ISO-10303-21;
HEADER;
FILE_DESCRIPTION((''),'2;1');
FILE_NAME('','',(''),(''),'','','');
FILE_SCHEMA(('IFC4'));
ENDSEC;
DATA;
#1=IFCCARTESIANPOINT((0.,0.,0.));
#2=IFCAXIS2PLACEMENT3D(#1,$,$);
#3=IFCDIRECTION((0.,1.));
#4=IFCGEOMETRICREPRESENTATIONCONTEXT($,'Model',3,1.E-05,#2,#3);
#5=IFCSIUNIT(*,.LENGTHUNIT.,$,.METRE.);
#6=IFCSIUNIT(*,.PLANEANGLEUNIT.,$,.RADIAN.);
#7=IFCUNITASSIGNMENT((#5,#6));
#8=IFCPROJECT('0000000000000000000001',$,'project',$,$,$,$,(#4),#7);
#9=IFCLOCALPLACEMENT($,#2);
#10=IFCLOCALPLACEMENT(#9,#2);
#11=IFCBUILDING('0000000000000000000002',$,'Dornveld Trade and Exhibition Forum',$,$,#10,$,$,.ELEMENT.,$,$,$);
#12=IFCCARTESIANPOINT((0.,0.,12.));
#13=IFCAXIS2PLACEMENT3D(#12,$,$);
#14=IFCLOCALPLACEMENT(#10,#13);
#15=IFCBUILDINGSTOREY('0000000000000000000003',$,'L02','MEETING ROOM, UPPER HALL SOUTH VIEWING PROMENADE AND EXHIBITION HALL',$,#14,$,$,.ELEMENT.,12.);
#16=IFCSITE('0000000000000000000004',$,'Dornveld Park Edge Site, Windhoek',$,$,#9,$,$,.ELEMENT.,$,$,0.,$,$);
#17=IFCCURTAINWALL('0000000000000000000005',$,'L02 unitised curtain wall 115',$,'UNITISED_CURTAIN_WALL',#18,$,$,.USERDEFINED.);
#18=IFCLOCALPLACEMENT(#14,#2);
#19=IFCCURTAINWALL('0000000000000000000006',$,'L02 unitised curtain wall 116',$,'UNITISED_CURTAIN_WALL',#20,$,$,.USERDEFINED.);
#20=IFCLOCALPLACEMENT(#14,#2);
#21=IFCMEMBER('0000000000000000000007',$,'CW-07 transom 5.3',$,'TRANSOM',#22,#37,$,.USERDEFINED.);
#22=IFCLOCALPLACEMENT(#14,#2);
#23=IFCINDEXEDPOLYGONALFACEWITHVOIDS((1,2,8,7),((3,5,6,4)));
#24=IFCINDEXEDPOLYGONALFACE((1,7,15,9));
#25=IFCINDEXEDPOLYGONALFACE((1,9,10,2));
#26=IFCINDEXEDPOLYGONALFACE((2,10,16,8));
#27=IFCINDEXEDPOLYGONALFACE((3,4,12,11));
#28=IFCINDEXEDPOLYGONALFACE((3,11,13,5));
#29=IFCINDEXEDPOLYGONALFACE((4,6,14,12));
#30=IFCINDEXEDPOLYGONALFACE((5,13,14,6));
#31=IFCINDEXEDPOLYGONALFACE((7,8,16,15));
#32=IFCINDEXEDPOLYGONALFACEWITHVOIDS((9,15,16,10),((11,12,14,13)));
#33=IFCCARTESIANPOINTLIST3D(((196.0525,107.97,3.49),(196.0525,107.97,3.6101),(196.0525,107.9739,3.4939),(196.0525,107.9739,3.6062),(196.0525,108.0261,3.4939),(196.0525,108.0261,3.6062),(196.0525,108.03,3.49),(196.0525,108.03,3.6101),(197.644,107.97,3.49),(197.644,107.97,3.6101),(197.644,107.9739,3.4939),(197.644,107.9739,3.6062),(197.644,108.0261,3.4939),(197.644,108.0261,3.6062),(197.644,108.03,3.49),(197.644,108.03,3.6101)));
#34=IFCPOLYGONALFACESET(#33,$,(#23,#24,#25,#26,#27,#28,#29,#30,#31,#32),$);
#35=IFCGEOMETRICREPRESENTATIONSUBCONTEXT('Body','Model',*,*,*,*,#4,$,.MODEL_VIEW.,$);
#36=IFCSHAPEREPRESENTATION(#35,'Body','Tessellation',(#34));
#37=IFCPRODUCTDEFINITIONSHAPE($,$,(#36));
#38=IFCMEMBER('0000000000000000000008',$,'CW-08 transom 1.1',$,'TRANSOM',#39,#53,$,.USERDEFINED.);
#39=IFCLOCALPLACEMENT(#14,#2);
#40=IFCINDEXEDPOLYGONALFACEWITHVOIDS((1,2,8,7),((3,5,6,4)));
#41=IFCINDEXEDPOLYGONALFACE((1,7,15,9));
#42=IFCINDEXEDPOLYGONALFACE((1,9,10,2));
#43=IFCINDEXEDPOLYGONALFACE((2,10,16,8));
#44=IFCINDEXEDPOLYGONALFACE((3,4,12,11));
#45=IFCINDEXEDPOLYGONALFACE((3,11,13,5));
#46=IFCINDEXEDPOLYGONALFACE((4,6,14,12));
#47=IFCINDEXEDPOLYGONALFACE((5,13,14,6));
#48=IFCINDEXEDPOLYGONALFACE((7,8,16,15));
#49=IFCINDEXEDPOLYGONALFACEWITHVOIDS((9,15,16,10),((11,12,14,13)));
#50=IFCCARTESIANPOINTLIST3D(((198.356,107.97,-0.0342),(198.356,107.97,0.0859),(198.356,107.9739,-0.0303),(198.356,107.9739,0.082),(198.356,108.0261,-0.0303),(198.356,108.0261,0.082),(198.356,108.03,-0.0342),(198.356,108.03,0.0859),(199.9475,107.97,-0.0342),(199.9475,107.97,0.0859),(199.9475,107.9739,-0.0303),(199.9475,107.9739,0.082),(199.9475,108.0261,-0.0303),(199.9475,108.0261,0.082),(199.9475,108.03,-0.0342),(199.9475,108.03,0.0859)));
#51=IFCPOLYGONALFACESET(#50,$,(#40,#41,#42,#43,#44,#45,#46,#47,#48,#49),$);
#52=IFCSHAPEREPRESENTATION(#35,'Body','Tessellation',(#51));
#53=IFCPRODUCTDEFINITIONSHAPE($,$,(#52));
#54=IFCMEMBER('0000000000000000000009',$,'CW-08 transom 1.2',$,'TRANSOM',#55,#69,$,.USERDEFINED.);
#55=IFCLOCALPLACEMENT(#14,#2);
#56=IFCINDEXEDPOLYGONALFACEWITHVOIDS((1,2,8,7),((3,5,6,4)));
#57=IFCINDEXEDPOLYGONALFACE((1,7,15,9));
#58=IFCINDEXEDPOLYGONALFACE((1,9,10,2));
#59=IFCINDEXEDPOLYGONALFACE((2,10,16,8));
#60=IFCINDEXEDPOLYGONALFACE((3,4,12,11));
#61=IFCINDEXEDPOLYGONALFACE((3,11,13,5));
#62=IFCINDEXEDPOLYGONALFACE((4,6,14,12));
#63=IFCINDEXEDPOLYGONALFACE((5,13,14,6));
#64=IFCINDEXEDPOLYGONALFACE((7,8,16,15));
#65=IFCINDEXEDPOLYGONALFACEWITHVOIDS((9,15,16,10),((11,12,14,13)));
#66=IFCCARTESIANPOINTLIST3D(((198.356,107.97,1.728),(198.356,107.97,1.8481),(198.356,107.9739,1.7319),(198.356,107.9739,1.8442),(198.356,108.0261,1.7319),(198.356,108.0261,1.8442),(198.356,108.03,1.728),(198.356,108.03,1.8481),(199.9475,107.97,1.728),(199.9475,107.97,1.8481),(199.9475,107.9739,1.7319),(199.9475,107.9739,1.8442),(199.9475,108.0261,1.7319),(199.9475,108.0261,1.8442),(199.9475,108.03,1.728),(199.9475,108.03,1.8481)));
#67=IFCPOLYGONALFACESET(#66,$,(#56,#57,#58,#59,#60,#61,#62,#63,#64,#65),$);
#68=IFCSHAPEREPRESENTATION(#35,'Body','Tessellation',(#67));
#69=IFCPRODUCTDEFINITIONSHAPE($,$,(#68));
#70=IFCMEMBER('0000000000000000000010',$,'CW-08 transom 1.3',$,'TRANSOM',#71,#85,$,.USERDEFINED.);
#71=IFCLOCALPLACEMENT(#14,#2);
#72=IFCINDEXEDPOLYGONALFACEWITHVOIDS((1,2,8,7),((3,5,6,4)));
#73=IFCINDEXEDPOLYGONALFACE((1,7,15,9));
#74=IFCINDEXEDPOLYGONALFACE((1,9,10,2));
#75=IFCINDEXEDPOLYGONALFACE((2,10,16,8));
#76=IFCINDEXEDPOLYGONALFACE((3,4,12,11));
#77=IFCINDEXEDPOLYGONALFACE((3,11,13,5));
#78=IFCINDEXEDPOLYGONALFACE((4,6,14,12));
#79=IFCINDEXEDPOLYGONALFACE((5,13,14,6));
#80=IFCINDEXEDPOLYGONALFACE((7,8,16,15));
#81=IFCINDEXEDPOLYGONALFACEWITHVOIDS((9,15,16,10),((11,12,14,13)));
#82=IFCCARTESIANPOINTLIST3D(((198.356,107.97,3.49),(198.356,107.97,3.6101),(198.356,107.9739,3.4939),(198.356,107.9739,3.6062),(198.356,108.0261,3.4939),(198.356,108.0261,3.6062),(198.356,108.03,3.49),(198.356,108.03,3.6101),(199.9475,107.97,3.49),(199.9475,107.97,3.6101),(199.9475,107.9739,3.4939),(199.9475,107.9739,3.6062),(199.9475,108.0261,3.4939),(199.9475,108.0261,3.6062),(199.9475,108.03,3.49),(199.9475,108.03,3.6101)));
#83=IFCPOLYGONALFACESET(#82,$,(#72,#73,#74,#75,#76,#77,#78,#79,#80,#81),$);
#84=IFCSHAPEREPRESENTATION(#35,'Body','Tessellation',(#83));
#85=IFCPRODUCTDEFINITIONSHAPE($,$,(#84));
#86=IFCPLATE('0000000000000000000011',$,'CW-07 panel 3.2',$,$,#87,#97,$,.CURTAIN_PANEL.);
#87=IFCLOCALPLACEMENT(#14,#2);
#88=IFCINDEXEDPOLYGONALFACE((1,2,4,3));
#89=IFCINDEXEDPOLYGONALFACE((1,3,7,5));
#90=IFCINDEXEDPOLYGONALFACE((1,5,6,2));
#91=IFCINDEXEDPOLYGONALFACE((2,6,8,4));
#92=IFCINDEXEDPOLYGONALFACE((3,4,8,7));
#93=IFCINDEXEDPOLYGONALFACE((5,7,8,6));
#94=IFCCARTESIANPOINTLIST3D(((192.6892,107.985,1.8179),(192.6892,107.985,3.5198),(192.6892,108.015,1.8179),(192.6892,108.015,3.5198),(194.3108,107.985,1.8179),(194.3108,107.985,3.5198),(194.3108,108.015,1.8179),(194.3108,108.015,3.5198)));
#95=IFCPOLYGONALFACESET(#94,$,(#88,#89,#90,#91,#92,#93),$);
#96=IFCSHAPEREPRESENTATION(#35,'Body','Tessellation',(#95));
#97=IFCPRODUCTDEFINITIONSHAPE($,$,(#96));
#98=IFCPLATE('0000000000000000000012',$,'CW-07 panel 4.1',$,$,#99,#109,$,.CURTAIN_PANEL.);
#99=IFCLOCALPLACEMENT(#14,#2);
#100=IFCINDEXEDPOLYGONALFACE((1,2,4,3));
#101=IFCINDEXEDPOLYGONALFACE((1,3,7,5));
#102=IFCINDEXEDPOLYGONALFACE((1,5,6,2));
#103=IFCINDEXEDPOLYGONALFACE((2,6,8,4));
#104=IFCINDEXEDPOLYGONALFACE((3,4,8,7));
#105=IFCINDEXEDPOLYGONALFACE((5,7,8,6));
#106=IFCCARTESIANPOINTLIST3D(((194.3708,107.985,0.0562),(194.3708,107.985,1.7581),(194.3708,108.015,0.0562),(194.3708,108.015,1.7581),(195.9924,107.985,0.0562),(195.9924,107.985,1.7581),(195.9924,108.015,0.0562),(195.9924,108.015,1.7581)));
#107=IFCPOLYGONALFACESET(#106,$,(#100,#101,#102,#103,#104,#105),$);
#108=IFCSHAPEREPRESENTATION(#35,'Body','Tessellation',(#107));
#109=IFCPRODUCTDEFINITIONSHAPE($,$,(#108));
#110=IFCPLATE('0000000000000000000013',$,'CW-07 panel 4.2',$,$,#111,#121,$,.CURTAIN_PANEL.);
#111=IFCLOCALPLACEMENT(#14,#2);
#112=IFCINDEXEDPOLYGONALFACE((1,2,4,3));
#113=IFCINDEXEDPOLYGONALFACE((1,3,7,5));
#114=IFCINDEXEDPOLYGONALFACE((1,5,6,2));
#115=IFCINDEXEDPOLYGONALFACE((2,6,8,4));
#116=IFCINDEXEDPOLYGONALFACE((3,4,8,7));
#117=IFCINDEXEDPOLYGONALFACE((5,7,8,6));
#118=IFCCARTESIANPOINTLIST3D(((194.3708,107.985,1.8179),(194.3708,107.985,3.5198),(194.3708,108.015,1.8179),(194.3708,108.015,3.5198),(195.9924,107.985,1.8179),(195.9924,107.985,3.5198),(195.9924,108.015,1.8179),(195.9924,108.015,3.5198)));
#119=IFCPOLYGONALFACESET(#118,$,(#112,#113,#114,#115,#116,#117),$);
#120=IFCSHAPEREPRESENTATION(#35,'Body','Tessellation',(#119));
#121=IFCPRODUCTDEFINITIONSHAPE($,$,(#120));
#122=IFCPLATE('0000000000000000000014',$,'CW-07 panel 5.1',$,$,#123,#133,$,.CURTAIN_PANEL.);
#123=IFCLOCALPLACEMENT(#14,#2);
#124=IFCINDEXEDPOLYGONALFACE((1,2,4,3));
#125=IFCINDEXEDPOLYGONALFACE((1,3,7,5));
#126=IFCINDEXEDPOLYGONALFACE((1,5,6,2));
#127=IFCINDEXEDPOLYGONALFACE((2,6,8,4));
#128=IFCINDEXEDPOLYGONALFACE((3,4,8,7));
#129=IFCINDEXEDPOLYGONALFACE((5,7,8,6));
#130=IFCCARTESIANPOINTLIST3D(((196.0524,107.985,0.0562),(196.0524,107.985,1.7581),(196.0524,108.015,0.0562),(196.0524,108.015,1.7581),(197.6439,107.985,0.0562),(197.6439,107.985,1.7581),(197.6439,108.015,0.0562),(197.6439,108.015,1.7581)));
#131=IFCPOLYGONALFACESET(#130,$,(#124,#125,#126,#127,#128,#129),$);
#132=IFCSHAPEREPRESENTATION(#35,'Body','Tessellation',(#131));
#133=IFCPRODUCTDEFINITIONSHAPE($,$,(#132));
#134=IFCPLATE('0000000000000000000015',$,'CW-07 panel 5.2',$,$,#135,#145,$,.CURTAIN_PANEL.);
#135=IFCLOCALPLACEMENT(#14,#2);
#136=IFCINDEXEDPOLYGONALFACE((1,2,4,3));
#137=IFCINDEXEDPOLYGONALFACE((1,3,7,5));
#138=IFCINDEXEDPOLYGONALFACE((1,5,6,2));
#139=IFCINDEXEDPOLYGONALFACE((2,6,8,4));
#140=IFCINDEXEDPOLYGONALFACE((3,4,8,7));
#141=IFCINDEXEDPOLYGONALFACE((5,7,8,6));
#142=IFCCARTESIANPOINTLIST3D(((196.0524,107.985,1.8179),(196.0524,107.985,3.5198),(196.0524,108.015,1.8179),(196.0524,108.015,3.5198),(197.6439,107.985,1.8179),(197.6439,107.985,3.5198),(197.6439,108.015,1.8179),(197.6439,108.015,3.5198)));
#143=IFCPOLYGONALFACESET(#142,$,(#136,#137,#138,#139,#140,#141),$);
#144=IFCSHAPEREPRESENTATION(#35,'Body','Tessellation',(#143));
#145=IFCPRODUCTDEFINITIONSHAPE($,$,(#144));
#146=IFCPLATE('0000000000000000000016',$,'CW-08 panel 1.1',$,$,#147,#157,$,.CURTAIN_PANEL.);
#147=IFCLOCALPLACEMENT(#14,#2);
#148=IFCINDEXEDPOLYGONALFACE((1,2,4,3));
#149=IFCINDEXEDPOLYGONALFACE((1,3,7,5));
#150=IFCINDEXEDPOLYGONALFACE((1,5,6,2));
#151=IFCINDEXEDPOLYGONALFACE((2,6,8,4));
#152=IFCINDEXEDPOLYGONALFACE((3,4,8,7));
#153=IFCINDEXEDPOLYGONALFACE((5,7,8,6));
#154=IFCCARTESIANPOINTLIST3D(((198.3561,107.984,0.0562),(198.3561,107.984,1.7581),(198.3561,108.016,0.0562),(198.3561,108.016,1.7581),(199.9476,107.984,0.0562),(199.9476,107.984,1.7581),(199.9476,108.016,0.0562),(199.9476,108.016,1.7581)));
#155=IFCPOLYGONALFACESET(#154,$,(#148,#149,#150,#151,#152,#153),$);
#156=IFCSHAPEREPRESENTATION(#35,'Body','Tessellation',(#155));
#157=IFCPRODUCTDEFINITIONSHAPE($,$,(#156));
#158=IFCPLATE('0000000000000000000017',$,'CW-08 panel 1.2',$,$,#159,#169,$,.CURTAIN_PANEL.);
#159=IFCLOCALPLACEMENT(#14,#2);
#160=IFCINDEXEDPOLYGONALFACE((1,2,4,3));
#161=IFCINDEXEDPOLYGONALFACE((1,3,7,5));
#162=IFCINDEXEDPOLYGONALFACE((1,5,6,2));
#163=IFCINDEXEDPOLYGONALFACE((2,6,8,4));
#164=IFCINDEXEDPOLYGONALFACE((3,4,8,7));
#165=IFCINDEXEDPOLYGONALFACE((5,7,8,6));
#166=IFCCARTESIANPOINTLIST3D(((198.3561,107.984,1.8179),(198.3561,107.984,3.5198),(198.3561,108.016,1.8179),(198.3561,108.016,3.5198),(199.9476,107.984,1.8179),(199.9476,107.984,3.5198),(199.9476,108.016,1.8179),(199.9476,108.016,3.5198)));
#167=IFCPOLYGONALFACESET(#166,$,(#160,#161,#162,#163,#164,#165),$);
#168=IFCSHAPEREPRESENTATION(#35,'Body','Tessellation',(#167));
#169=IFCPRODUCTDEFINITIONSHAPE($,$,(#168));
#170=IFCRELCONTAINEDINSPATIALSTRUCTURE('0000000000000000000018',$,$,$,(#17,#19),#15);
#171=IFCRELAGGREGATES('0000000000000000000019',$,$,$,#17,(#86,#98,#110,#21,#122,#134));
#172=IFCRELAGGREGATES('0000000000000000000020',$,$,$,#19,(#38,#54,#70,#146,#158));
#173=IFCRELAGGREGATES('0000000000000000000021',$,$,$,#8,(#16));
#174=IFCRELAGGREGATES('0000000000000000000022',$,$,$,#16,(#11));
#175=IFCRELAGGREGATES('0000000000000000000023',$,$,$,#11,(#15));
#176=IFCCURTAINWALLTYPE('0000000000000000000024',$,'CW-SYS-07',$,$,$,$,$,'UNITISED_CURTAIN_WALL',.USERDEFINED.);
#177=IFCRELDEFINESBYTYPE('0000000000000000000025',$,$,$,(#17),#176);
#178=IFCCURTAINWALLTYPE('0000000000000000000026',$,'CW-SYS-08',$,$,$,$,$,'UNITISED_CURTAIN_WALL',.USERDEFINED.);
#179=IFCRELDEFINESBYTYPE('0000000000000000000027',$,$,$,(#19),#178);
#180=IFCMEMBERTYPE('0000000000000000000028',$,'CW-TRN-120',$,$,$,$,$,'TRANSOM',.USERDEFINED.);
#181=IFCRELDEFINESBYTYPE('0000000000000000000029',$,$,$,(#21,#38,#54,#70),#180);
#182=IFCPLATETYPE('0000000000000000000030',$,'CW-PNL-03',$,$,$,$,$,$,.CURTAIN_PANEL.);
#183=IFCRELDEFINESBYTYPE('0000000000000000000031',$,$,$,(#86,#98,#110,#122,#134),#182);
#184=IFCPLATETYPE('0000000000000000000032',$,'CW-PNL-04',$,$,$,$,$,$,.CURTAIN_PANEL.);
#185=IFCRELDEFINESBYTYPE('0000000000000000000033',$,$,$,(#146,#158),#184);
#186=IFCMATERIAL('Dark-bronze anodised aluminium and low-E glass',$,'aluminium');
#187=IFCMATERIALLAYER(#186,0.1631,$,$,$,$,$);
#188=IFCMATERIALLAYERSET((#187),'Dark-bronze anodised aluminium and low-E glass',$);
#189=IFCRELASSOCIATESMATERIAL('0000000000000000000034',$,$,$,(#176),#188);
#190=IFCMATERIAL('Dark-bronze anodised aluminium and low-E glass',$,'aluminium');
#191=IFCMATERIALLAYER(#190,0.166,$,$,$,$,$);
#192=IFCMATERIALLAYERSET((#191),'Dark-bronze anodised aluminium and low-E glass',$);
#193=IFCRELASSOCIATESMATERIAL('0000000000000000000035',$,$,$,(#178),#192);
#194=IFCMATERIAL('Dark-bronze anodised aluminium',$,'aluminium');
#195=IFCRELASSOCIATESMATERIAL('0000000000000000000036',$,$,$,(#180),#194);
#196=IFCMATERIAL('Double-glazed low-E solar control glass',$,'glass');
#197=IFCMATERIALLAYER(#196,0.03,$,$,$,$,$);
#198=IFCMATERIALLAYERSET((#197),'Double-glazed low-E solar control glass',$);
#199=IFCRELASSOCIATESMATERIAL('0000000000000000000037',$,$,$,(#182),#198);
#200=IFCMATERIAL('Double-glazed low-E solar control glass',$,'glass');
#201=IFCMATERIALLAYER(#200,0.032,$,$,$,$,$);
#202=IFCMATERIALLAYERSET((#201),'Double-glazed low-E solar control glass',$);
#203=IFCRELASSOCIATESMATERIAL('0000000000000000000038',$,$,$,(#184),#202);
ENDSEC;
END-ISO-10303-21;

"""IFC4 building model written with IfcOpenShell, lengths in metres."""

from ifc_helpers import new_model, si_unit, direction, frame, origin, origin_2d, place, context, subcontext, project, spatial, rectangle, hollow_rectangle, extrude, material, layer, layer_set, material_profile, profile_set, type_object, element, aggregate, save


model = new_model("IFC4")

# Units and contexts
model_context = context("Model", 3, precision=1e-05, world=origin(), true_north=direction((0.0, 1.0)))
body_context = subcontext(model_context, "Body", "Model", "MODEL_VIEW")
ifc_project = project(units=[si_unit("LENGTHUNIT", "METRE"), si_unit("PLANEANGLEUNIT", "RADIAN")], contexts=[model_context])

# Site, building, storey
site_placement = place(None, origin())
site = spatial("IfcSite", under=ifc_project, at=site_placement, Name="Dornveld Park Edge Site, Windhoek", CompositionType="ELEMENT", RefElevation=0.0)
building_placement = place(site_placement, origin())
building = spatial("IfcBuilding", under=site, at=building_placement, Name="Dornveld Trade and Exhibition Forum", CompositionType="ELEMENT")
storey_placement = place(building_placement, frame((0.0, 0.0, 12.0)))
storey = spatial("IfcBuildingStorey", under=building, at=storey_placement, Name="L02", Description="MEETING ROOM, UPPER HALL SOUTH VIEWING PROMENADE AND EXHIBITION HALL", CompositionType="ELEMENT", Elevation=12.0)

# Curtain walls
ifc_material_1 = material(Name="Dark-bronze anodised aluminium and low-E glass", Category="aluminium")
ifc_layer_1 = layer(ifc_material_1, 0.1631)
ifc_layer_set_1 = layer_set([ifc_layer_1], Name="Dark-bronze anodised aluminium and low-E glass")
curtain_wall_type_1 = type_object("IfcCurtainWallType", Name="CW-SYS-07", ElementType="UNITISED_CURTAIN_WALL", PredefinedType="USERDEFINED", material=ifc_layer_set_1)
curtain_wall_1_placement = place(storey_placement, origin())
curtain_wall_1 = element("IfcCurtainWall", 1, at=curtain_wall_1_placement, inside=storey, type_object=curtain_wall_type_1, Name="L02 unitised curtain wall 115", ObjectType="UNITISED_CURTAIN_WALL", PredefinedType="USERDEFINED")
ifc_material_2 = material(Name="Dark-bronze anodised aluminium and low-E glass", Category="aluminium")
ifc_layer_2 = layer(ifc_material_2, 0.166)
ifc_layer_set_2 = layer_set([ifc_layer_2], Name="Dark-bronze anodised aluminium and low-E glass")
curtain_wall_type_2 = type_object("IfcCurtainWallType", Name="CW-SYS-08", ElementType="UNITISED_CURTAIN_WALL", PredefinedType="USERDEFINED", material=ifc_layer_set_2)
curtain_wall_2_placement = place(storey_placement, origin())
curtain_wall_2 = element("IfcCurtainWall", 2, at=curtain_wall_2_placement, inside=storey, type_object=curtain_wall_type_2, Name="L02 unitised curtain wall 116", ObjectType="UNITISED_CURTAIN_WALL", PredefinedType="USERDEFINED")

# Members
ifc_material_3 = material(Name="Dark-bronze anodised aluminium", Category="aluminium")
ifc_material_profile_1 = material_profile(ifc_material_3, hollow_rectangle(XDim=0.0601, YDim=0.1201, WallThickness=0.0039, at=origin_2d()), Name="RHS 120x60x4")
ifc_profile_set_1 = profile_set([ifc_material_profile_1], Name="Dark-bronze anodised aluminium")
member_type_1 = type_object("IfcMemberType", Name="CW-TRN-120", ElementType="TRANSOM", PredefinedType="USERDEFINED", material=ifc_profile_set_1)
member_1_placement = place(storey_placement, frame((196.0525, 108.0, 3.55), z_axis=(1.0, 0.0, 0.0), x_axis=(0.0, 1.0, 0.0)))
member_1 = element("IfcMember", 3, at=member_1_placement, type_object=member_type_1, Name="CW-07 transom 5.3", ObjectType="TRANSOM", PredefinedType="USERDEFINED", context=body_context, shape_type="SweptSolid", body=[
    extrude(hollow_rectangle(XDim=0.0601, YDim=0.1201, WallThickness=0.0039, at=origin_2d()), origin(), (0.0, 0.0, 1.0), 1.5916),
])
member_2_placement = place(storey_placement, frame((198.356, 108.0, 0.0259), z_axis=(1.0, 0.0, 0.0), x_axis=(0.0, 1.0, 0.0)))
member_2 = element("IfcMember", 4, at=member_2_placement, type_object=member_type_1, Name="CW-08 transom 1.1", ObjectType="TRANSOM", PredefinedType="USERDEFINED", context=body_context, shape_type="SweptSolid", body=[
    extrude(hollow_rectangle(XDim=0.0601, YDim=0.1201, WallThickness=0.0039, at=origin_2d()), origin(), (0.0, 0.0, 1.0), 1.5916),
])
member_3_placement = place(storey_placement, frame((198.356, 108.0, 1.7881), z_axis=(1.0, 0.0, 0.0), x_axis=(0.0, 1.0, 0.0)))
member_3 = element("IfcMember", 5, at=member_3_placement, type_object=member_type_1, Name="CW-08 transom 1.2", ObjectType="TRANSOM", PredefinedType="USERDEFINED", context=body_context, shape_type="SweptSolid", body=[
    extrude(hollow_rectangle(XDim=0.0601, YDim=0.1201, WallThickness=0.0039, at=origin_2d()), origin(), (0.0, 0.0, 1.0), 1.5916),
])
member_4_placement = place(storey_placement, frame((198.356, 108.0, 3.55), z_axis=(1.0, 0.0, 0.0), x_axis=(0.0, 1.0, 0.0)))
member_4 = element("IfcMember", 6, at=member_4_placement, type_object=member_type_1, Name="CW-08 transom 1.3", ObjectType="TRANSOM", PredefinedType="USERDEFINED", context=body_context, shape_type="SweptSolid", body=[
    extrude(hollow_rectangle(XDim=0.0601, YDim=0.1201, WallThickness=0.0039, at=origin_2d()), origin(), (0.0, 0.0, 1.0), 1.5916),
])

# Plates
ifc_material_4 = material(Name="Double-glazed low-E solar control glass", Category="glass")
ifc_layer_3 = layer(ifc_material_4, 0.03)
ifc_layer_set_3 = layer_set([ifc_layer_3], Name="Double-glazed low-E solar control glass")
plate_type_1 = type_object("IfcPlateType", Name="CW-PNL-03", PredefinedType="CURTAIN_PANEL", material=ifc_layer_set_3)
plate_1_placement = place(storey_placement, frame((193.5, 108.0, 1.8179), z_axis=(0.0, 0.0, 1.0), x_axis=(1.0, 0.0, 0.0)))
plate_1 = element("IfcPlate", 7, at=plate_1_placement, type_object=plate_type_1, Name="CW-07 panel 3.2", PredefinedType="CURTAIN_PANEL", context=body_context, shape_type="SweptSolid", body=[
    extrude(rectangle(XDim=1.6216, YDim=0.03, at=origin_2d()), origin(), (0.0, 0.0, 1.0), 1.7019),
])
plate_2_placement = place(storey_placement, frame((195.1816, 108.0, 0.0562), z_axis=(0.0, 0.0, 1.0), x_axis=(1.0, 0.0, 0.0)))
plate_2 = element("IfcPlate", 8, at=plate_2_placement, type_object=plate_type_1, Name="CW-07 panel 4.1", PredefinedType="CURTAIN_PANEL", context=body_context, shape_type="SweptSolid", body=[
    extrude(rectangle(XDim=1.6216, YDim=0.03, at=origin_2d()), origin(), (0.0, 0.0, 1.0), 1.7019),
])
plate_3_placement = place(storey_placement, frame((195.1816, 108.0, 1.8179), z_axis=(0.0, 0.0, 1.0), x_axis=(1.0, 0.0, 0.0)))
plate_3 = element("IfcPlate", 9, at=plate_3_placement, type_object=plate_type_1, Name="CW-07 panel 4.2", PredefinedType="CURTAIN_PANEL", context=body_context, shape_type="SweptSolid", body=[
    extrude(rectangle(XDim=1.6216, YDim=0.03, at=origin_2d()), origin(), (0.0, 0.0, 1.0), 1.7019),
])
plate_4_placement = place(storey_placement, frame((196.8481, 108.0, 0.0562), z_axis=(0.0, 0.0, 1.0), x_axis=(1.0, 0.0, 0.0)))
plate_4 = element("IfcPlate", 10, at=plate_4_placement, type_object=plate_type_1, Name="CW-07 panel 5.1", PredefinedType="CURTAIN_PANEL", context=body_context, shape_type="SweptSolid", body=[
    extrude(rectangle(XDim=1.5916, YDim=0.03, at=origin_2d()), origin(), (0.0, 0.0, 1.0), 1.7019),
])
plate_5_placement = place(storey_placement, frame((196.8481, 108.0, 1.8179), z_axis=(0.0, 0.0, 1.0), x_axis=(1.0, 0.0, 0.0)))
plate_5 = element("IfcPlate", 11, at=plate_5_placement, type_object=plate_type_1, Name="CW-07 panel 5.2", PredefinedType="CURTAIN_PANEL", context=body_context, shape_type="SweptSolid", body=[
    extrude(rectangle(XDim=1.5916, YDim=0.03, at=origin_2d()), origin(), (0.0, 0.0, 1.0), 1.7019),
])
aggregate(curtain_wall_1, [plate_1, plate_2, plate_3, member_1, plate_4, plate_5])
ifc_material_5 = material(Name="Double-glazed low-E solar control glass", Category="glass")
ifc_layer_4 = layer(ifc_material_5, 0.032)
ifc_layer_set_4 = layer_set([ifc_layer_4], Name="Double-glazed low-E solar control glass")
plate_type_2 = type_object("IfcPlateType", Name="CW-PNL-04", PredefinedType="CURTAIN_PANEL", material=ifc_layer_set_4)
plate_6_placement = place(storey_placement, frame((199.1519, 108.0, 0.0562), z_axis=(0.0, 0.0, 1.0), x_axis=(1.0, 0.0, 0.0)))
plate_6 = element("IfcPlate", 12, at=plate_6_placement, type_object=plate_type_2, Name="CW-08 panel 1.1", PredefinedType="CURTAIN_PANEL", context=body_context, shape_type="SweptSolid", body=[
    extrude(rectangle(XDim=1.5916, YDim=0.032, at=origin_2d()), origin(), (0.0, 0.0, 1.0), 1.7019),
])
plate_7_placement = place(storey_placement, frame((199.1519, 108.0, 1.8179), z_axis=(0.0, 0.0, 1.0), x_axis=(1.0, 0.0, 0.0)))
plate_7 = element("IfcPlate", 13, at=plate_7_placement, type_object=plate_type_2, Name="CW-08 panel 1.2", PredefinedType="CURTAIN_PANEL", context=body_context, shape_type="SweptSolid", body=[
    extrude(rectangle(XDim=1.5916, YDim=0.032, at=origin_2d()), origin(), (0.0, 0.0, 1.0), 1.7019),
])
aggregate(curtain_wall_2, [member_2, member_3, member_4, plate_6, plate_7])

save(model, "model.ifc")
